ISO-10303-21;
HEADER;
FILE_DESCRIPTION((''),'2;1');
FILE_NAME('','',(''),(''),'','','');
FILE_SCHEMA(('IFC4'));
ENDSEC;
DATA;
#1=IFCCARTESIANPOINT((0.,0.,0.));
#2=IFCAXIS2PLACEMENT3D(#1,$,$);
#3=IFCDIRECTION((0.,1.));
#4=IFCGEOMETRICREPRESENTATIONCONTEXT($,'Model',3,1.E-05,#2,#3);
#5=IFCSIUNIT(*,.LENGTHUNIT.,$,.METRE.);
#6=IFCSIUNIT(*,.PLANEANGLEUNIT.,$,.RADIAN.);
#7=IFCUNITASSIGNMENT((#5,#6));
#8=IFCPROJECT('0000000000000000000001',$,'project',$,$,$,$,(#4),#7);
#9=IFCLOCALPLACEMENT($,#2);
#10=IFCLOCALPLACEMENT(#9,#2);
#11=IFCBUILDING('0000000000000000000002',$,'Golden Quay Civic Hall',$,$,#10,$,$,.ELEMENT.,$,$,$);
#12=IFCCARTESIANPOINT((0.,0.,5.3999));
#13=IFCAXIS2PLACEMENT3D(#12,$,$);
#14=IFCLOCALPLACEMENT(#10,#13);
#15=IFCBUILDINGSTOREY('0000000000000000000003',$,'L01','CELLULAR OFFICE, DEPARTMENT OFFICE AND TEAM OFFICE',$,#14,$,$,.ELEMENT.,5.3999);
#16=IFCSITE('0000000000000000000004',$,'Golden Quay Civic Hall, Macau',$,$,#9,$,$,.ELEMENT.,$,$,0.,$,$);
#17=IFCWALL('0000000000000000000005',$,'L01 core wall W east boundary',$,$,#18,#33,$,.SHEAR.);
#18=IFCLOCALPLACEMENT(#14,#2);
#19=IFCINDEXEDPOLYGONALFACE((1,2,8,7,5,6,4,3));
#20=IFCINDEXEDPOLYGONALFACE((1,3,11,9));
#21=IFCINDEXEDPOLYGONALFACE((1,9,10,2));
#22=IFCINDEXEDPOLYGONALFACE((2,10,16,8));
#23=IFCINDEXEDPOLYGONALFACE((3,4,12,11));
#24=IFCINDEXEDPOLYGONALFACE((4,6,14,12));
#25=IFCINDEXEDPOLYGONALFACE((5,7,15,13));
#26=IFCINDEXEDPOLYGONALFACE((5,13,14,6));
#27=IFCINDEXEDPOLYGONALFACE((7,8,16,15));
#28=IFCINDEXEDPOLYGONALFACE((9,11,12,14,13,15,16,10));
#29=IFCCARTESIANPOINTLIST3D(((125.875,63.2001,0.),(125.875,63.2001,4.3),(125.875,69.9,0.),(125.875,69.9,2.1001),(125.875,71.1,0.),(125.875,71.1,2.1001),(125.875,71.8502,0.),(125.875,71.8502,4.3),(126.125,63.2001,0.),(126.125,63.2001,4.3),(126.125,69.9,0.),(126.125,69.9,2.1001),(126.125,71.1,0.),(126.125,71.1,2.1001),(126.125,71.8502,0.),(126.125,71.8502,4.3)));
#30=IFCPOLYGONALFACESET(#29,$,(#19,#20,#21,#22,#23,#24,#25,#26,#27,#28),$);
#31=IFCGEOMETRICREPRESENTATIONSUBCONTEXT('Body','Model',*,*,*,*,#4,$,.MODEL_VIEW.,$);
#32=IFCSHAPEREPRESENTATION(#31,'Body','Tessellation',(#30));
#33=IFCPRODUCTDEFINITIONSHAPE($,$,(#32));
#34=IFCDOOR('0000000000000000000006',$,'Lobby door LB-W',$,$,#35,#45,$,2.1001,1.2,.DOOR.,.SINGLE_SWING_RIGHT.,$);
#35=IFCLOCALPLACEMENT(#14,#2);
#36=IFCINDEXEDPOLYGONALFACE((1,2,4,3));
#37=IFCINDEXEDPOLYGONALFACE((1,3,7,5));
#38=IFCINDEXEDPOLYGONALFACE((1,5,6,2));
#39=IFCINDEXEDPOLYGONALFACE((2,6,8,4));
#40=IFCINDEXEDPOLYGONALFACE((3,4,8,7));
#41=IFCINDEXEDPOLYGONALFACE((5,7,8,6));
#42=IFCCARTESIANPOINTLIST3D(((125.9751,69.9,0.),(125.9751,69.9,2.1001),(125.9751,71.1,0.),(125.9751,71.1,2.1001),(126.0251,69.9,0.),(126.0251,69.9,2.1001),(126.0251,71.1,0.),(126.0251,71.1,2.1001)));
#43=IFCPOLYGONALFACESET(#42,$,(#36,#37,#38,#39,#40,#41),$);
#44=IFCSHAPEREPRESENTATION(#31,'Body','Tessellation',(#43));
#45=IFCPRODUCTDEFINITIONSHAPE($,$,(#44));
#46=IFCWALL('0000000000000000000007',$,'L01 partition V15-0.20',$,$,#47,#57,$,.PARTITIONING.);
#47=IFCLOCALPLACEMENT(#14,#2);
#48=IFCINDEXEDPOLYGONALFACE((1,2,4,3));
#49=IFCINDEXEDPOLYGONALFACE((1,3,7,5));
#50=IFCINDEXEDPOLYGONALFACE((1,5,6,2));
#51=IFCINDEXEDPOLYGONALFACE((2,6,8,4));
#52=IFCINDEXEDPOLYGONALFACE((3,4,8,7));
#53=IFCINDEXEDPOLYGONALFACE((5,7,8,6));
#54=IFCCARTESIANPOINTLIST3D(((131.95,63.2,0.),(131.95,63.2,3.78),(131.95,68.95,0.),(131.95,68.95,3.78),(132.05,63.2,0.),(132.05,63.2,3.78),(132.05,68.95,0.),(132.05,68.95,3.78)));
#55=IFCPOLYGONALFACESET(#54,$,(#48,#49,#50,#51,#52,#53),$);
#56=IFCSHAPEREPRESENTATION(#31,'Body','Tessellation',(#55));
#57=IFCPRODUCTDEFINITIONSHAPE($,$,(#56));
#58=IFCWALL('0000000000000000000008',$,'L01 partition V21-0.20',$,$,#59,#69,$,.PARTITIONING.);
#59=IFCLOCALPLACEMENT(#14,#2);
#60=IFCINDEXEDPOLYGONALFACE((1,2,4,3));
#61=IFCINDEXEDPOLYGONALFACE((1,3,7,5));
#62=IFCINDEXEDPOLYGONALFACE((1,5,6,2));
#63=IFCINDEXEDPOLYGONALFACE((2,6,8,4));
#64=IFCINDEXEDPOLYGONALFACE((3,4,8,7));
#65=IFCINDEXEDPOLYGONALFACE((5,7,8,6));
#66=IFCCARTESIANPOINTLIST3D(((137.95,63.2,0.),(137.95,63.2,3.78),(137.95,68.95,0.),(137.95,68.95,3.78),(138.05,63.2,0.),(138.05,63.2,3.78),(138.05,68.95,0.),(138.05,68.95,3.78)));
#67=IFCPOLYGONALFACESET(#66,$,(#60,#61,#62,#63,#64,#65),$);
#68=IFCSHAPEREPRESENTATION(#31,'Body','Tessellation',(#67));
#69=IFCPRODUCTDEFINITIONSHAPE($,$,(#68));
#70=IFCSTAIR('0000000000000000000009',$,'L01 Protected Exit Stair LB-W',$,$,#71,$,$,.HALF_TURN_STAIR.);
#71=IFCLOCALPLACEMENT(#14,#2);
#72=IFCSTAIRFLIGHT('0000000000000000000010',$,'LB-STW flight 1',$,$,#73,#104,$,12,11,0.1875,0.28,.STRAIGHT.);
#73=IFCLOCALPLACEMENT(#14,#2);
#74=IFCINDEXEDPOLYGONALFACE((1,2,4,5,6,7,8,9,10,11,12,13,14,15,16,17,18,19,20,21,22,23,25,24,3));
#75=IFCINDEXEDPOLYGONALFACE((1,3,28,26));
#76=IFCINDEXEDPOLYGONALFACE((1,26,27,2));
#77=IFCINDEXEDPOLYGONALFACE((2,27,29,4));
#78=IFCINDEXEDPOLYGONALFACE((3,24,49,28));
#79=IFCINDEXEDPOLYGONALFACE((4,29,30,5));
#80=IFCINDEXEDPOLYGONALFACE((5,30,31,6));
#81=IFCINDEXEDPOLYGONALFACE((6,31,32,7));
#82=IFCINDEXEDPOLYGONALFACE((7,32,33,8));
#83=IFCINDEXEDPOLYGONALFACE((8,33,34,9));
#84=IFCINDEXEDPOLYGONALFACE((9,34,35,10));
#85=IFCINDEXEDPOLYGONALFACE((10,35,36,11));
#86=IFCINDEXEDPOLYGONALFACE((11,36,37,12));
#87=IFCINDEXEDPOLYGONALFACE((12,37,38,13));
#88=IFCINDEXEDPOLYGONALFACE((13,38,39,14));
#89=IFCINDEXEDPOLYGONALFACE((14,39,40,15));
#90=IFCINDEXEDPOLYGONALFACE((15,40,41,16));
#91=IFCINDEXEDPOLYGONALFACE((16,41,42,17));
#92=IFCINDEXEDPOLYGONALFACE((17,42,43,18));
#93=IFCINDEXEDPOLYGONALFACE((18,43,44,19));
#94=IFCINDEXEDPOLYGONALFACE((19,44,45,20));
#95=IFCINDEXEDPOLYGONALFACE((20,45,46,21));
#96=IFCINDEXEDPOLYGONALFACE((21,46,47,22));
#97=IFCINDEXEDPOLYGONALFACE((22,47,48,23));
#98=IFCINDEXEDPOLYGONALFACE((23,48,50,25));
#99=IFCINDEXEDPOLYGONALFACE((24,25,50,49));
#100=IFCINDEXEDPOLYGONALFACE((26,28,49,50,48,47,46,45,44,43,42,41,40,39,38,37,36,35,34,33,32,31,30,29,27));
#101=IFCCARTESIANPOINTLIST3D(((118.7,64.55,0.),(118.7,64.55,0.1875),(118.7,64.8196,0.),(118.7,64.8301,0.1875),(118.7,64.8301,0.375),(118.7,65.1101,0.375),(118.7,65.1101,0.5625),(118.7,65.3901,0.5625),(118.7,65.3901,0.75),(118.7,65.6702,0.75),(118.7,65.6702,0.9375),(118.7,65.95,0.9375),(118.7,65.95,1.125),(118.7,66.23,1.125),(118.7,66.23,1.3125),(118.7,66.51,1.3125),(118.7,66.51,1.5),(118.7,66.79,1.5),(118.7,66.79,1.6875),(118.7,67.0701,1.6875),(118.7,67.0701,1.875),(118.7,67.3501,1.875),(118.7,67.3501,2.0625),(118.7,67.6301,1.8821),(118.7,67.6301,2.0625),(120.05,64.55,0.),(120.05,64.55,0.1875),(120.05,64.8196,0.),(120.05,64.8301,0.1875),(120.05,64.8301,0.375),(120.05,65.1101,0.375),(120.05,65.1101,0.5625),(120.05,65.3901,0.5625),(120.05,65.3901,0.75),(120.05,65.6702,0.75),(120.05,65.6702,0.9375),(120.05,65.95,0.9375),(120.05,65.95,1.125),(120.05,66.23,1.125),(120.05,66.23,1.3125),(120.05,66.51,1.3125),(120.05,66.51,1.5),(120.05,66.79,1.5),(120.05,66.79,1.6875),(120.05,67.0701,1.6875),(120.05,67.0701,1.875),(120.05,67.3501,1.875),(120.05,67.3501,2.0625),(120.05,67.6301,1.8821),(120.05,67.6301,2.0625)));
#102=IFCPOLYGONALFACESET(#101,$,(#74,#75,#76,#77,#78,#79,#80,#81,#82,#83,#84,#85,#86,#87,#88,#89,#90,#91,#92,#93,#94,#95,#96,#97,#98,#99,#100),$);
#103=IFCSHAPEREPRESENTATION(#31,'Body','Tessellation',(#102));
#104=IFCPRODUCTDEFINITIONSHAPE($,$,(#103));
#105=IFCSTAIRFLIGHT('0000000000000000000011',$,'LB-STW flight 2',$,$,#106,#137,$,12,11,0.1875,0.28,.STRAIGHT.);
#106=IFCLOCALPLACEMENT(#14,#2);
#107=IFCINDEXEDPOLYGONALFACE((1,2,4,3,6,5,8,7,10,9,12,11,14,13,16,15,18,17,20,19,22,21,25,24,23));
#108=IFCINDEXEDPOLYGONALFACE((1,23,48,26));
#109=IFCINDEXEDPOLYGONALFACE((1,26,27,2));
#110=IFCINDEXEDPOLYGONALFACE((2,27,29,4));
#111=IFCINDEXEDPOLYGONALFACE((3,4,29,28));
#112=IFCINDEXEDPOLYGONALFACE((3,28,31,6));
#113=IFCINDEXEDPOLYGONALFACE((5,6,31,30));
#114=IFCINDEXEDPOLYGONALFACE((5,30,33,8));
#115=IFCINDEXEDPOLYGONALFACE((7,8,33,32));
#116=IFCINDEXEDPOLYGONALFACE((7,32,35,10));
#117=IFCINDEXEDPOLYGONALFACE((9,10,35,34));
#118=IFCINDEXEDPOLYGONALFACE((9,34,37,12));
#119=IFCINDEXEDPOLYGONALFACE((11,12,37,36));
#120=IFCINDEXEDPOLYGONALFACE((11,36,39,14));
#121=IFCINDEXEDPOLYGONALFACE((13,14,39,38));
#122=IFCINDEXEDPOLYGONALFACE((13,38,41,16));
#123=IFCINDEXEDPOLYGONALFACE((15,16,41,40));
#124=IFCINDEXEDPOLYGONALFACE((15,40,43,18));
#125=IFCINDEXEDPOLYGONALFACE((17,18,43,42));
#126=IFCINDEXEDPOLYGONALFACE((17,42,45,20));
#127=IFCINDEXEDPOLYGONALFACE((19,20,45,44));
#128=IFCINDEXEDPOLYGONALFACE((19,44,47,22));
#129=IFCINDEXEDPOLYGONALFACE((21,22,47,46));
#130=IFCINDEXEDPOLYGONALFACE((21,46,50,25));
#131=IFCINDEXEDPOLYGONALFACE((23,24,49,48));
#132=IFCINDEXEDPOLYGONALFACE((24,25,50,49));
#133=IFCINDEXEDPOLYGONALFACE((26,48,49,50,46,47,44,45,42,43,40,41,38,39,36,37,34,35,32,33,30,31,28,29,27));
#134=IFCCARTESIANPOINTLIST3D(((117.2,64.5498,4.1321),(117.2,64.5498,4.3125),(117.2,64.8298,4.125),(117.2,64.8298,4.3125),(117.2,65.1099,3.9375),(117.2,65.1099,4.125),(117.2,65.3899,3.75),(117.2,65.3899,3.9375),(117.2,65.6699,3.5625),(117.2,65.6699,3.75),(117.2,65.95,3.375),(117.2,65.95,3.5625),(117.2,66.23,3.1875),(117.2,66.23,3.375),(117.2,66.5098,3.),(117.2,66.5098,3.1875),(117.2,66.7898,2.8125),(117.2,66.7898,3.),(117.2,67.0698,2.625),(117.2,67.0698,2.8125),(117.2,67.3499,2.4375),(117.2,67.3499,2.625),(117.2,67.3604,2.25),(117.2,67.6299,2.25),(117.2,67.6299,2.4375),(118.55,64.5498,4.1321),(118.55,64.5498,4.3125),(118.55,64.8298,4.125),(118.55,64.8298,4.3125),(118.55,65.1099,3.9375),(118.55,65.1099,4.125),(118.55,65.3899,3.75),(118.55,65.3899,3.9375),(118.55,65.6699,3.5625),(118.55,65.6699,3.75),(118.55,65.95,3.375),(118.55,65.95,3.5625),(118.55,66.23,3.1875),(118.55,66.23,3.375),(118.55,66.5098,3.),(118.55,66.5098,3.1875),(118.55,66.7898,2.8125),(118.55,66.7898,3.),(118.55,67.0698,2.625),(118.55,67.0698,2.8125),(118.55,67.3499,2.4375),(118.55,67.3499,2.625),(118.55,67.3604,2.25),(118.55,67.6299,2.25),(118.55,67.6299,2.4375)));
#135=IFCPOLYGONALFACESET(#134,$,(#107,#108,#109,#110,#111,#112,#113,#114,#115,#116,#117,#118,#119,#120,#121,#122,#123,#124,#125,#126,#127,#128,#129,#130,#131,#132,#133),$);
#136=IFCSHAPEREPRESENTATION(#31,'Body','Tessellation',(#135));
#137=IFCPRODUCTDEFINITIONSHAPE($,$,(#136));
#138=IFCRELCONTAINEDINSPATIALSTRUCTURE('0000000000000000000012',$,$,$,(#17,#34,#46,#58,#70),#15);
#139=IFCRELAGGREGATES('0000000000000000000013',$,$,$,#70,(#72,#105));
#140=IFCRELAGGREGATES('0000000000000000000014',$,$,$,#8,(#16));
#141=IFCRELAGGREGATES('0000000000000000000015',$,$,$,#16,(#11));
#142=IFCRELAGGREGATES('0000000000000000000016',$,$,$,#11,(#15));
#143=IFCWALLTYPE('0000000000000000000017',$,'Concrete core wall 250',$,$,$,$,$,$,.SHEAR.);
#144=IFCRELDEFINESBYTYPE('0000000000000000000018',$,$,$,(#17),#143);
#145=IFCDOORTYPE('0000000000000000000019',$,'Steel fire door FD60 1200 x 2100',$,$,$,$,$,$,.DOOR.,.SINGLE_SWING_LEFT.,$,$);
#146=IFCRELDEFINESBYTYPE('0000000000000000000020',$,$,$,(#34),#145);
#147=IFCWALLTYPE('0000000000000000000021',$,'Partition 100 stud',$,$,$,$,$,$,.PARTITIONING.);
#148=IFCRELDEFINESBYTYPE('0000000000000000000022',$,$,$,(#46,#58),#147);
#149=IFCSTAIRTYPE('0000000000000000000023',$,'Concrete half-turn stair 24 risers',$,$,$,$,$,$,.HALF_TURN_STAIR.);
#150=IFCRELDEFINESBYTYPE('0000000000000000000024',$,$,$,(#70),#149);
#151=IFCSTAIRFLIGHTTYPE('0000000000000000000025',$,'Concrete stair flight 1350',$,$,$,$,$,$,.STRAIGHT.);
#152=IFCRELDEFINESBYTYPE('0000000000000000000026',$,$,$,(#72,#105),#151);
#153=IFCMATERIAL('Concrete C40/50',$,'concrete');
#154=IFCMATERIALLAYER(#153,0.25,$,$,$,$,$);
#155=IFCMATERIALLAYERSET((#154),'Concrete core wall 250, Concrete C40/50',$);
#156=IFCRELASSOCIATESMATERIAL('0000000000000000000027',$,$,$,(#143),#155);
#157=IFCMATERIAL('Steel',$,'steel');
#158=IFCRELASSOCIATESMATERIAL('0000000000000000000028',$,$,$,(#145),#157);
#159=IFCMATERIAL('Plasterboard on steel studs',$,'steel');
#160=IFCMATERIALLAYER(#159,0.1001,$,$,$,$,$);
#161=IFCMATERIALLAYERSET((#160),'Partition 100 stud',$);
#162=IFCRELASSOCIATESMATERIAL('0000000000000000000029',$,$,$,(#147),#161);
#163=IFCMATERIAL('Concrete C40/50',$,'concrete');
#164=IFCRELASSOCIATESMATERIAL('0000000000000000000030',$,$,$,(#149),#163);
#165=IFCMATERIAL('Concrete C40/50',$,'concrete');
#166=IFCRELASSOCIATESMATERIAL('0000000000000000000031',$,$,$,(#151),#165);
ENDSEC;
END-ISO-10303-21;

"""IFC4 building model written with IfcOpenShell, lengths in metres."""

from ifc_helpers import new_model, si_unit, direction, frame, frame_2d, origin, place, context, subcontext, project, spatial, polyline, rectangle, outline, extrude, material, layer, layer_set, type_object, element, fill, aggregate, save


model = new_model("IFC4")

# Units and contexts
model_context = context("Model", 3, precision=1e-05, world=origin(), true_north=direction((0.0, 1.0)))
body_context = subcontext(model_context, "Body", "Model", "MODEL_VIEW")
ifc_project = project(units=[si_unit("LENGTHUNIT", "METRE"), si_unit("PLANEANGLEUNIT", "RADIAN")], contexts=[model_context])

# Site, building, storey
site_placement = place(None, origin())
site = spatial("IfcSite", under=ifc_project, at=site_placement, Name="Golden Quay Civic Hall, Macau", CompositionType="ELEMENT", RefElevation=0.0)
building_placement = place(site_placement, origin())
building = spatial("IfcBuilding", under=site, at=building_placement, Name="Golden Quay Civic Hall", CompositionType="ELEMENT")
storey_placement = place(building_placement, frame((0.0, 0.0, 5.3999)))
storey = spatial("IfcBuildingStorey", under=building, at=storey_placement, Name="L01", Description="CELLULAR OFFICE, DEPARTMENT OFFICE AND TEAM OFFICE", CompositionType="ELEMENT", Elevation=5.3999)

# Wall, opening, door
ifc_material_1 = material(Name="Concrete C40/50", Category="concrete")
ifc_layer_1 = layer(ifc_material_1, 0.25)
ifc_layer_set_1 = layer_set([ifc_layer_1], Name="Concrete core wall 250, Concrete C40/50")
wall_type_1 = type_object("IfcWallType", Name="Concrete core wall 250", PredefinedType="SHEAR", material=ifc_layer_set_1)
wall_1_placement = place(storey_placement, frame((126.0, 63.2, 0.0), z_axis=(0.0, 0.0, 1.0), x_axis=(0.0, 1.0, 0.0)))
wall_1 = element("IfcWall", 1, at=wall_1_placement, inside=storey, type_object=wall_type_1, Name="L01 core wall W east boundary", PredefinedType="SHEAR", context=body_context, shape_type="SweptSolid", body=[
    extrude(rectangle(XDim=8.6501, YDim=0.25, at=frame_2d((4.3252, 0.0))), origin(), (0.0, 0.0, 1.0), 4.3),
])
opening_1_placement = place(wall_1_placement, frame((6.7, 0.0, 0.0)))
opening_1 = element("IfcOpeningElement", 2, at=opening_1_placement, cuts=wall_1, PredefinedType="OPENING", context=body_context, shape_type="SweptSolid", body=[
    extrude(rectangle(XDim=1.2, YDim=2.1001, at=frame_2d((0.6001, 1.05))), frame((0.0, 0.135, 0.0), z_axis=(0.0, -1.0, 0.0), x_axis=(1.0, 0.0, 0.0)), (0.0, 0.0, 1.0), 0.27),
])
ifc_material_2 = material(Name="Steel", Category="steel")
door_type_1 = type_object("IfcDoorType", Name="Steel fire door FD60 1200 x 2100", OperationType="SINGLE_SWING_LEFT", PredefinedType="DOOR", material=ifc_material_2)
door_1_placement = place(opening_1_placement, frame((1.2, 0.0, 0.0), z_axis=(0.0, 0.0, 1.0), x_axis=(-1.0, 0.0, 0.0)))
door_1 = element("IfcDoor", 3, at=door_1_placement, inside=storey, type_object=door_type_1, Name="Lobby door LB-W", OperationType="SINGLE_SWING_RIGHT", OverallHeight=2.1001, OverallWidth=1.2, PredefinedType="DOOR", context=body_context, shape_type="SweptSolid", body=[
    extrude(rectangle(XDim=1.2, YDim=2.1001, at=frame_2d((0.5999, 1.05))), frame((0.0, 0.0251, 0.0), z_axis=(0.0, -1.0, 0.0), x_axis=(1.0, 0.0, 0.0)), (0.0, 0.0, 1.0), 0.05),
])
fill(opening_1, door_1)

# Walls
ifc_material_3 = material(Name="Plasterboard on steel studs", Category="steel")
ifc_layer_2 = layer(ifc_material_3, 0.1001)
ifc_layer_set_2 = layer_set([ifc_layer_2], Name="Partition 100 stud")
wall_type_2 = type_object("IfcWallType", Name="Partition 100 stud", PredefinedType="PARTITIONING", material=ifc_layer_set_2)
for number, where, z_axis, x_axis, name in (
    (4, (132.0, 63.2, 0.0), (0.0, 0.0, 1.0), (0.0, 1.0, 0.0), "L01 partition V15-0.20"),
    (5, (138.0, 63.2, 0.0), (0.0, 0.0, 1.0), (0.0, 1.0, 0.0), "L01 partition V21-0.20"),
):
    element("IfcWall", number, at=place(storey_placement, frame(where, z_axis=z_axis, x_axis=x_axis)), inside=storey, type_object=wall_type_2, Name=name, PredefinedType="PARTITIONING", context=body_context, shape_type="SweptSolid", body=[
        extrude(rectangle(XDim=5.75, YDim=0.1001, at=frame_2d((2.875, 0.0))), origin(), (0.0, 0.0, 1.0), 3.78),
    ])

# Stair, stair flights
ifc_material_4 = material(Name="Concrete C40/50", Category="concrete")
stair_type = type_object("IfcStairType", Name="Concrete half-turn stair 24 risers", PredefinedType="HALF_TURN_STAIR", material=ifc_material_4)
stair_placement = place(storey_placement, origin())
stair = element("IfcStair", 6, at=stair_placement, inside=storey, type_object=stair_type, Name="L01 Protected Exit Stair LB-W", PredefinedType="HALF_TURN_STAIR")
ifc_material_5 = material(Name="Concrete C40/50", Category="concrete")
stair_flight_type = type_object("IfcStairFlightType", Name="Concrete stair flight 1350", PredefinedType="STRAIGHT", material=ifc_material_5)
stair_flight_1_placement = place(storey_placement, frame((119.375, 64.55, 0.0), z_axis=(0.0, 0.0, 1.0), x_axis=(0.0, 1.0, 0.0)))
stair_flight_1 = element("IfcStairFlight", 7, at=stair_flight_1_placement, type_object=stair_flight_type, Name="LB-STW flight 1", NumberOfRisers=12, NumberOfTreads=11, PredefinedType="STRAIGHT", RiserHeight=0.1875, TreadLength=0.28, context=body_context, shape_type="SweptSolid", body=[
    extrude(outline(polyline([(0.0, 0.0), (0.0, 0.1875), (0.28, 0.1875), (0.28, 0.375), (0.5601, 0.375), (0.5601, 0.5625), (0.8401, 0.5625), (0.8401, 0.75), (1.1201, 0.75), (1.1201, 0.9375), (1.3999, 0.9375), (1.3999, 1.125), (1.6799, 1.125), (1.6799, 1.3125), (1.96, 1.3125), (1.96, 1.5), (2.24, 1.5), (2.24, 1.6875), (2.52, 1.6875), (2.52, 1.875), (2.8, 1.875), (2.8, 2.0625), (3.0801, 2.0625), (3.0801, 2.25), (3.0801, 1.8821), (0.2695, 0.0), (0.0, 0.0)])), frame((0.0, 0.675, 0.0), z_axis=(0.0, -1.0, 0.0), x_axis=(1.0, 0.0, 0.0)), (0.0, 0.0, 1.0), 1.35),
])
stair_flight_2_placement = place(storey_placement, frame((117.875, 67.6299, 2.25), z_axis=(0.0, 0.0, 1.0), x_axis=(0.0, -1.0, 0.0)))
stair_flight_2 = element("IfcStairFlight", 8, at=stair_flight_2_placement, type_object=stair_flight_type, Name="LB-STW flight 2", NumberOfRisers=12, NumberOfTreads=11, PredefinedType="STRAIGHT", RiserHeight=0.1875, TreadLength=0.28, context=body_context, shape_type="SweptSolid", body=[
    extrude(outline(polyline([(0.0, 0.0), (0.0, 0.1875), (0.28, 0.1875), (0.28, 0.375), (0.5601, 0.375), (0.5601, 0.5625), (0.8401, 0.5625), (0.8401, 0.75), (1.1201, 0.75), (1.1201, 0.9375), (1.3999, 0.9375), (1.3999, 1.125), (1.6799, 1.125), (1.6799, 1.3125), (1.96, 1.3125), (1.96, 1.5), (2.24, 1.5), (2.24, 1.6875), (2.52, 1.6875), (2.52, 1.875), (2.8, 1.875), (2.8, 2.0625), (3.0801, 2.0625), (3.0801, 2.25), (3.0801, 1.8821), (0.2695, 0.0), (0.0, 0.0)])), frame((0.0, 0.675, 0.0), z_axis=(0.0, -1.0, 0.0), x_axis=(1.0, 0.0, 0.0)), (0.0, 0.0, 1.0), 1.35),
])
aggregate(stair, [stair_flight_1, stair_flight_2])

save(model, "model.ifc")
